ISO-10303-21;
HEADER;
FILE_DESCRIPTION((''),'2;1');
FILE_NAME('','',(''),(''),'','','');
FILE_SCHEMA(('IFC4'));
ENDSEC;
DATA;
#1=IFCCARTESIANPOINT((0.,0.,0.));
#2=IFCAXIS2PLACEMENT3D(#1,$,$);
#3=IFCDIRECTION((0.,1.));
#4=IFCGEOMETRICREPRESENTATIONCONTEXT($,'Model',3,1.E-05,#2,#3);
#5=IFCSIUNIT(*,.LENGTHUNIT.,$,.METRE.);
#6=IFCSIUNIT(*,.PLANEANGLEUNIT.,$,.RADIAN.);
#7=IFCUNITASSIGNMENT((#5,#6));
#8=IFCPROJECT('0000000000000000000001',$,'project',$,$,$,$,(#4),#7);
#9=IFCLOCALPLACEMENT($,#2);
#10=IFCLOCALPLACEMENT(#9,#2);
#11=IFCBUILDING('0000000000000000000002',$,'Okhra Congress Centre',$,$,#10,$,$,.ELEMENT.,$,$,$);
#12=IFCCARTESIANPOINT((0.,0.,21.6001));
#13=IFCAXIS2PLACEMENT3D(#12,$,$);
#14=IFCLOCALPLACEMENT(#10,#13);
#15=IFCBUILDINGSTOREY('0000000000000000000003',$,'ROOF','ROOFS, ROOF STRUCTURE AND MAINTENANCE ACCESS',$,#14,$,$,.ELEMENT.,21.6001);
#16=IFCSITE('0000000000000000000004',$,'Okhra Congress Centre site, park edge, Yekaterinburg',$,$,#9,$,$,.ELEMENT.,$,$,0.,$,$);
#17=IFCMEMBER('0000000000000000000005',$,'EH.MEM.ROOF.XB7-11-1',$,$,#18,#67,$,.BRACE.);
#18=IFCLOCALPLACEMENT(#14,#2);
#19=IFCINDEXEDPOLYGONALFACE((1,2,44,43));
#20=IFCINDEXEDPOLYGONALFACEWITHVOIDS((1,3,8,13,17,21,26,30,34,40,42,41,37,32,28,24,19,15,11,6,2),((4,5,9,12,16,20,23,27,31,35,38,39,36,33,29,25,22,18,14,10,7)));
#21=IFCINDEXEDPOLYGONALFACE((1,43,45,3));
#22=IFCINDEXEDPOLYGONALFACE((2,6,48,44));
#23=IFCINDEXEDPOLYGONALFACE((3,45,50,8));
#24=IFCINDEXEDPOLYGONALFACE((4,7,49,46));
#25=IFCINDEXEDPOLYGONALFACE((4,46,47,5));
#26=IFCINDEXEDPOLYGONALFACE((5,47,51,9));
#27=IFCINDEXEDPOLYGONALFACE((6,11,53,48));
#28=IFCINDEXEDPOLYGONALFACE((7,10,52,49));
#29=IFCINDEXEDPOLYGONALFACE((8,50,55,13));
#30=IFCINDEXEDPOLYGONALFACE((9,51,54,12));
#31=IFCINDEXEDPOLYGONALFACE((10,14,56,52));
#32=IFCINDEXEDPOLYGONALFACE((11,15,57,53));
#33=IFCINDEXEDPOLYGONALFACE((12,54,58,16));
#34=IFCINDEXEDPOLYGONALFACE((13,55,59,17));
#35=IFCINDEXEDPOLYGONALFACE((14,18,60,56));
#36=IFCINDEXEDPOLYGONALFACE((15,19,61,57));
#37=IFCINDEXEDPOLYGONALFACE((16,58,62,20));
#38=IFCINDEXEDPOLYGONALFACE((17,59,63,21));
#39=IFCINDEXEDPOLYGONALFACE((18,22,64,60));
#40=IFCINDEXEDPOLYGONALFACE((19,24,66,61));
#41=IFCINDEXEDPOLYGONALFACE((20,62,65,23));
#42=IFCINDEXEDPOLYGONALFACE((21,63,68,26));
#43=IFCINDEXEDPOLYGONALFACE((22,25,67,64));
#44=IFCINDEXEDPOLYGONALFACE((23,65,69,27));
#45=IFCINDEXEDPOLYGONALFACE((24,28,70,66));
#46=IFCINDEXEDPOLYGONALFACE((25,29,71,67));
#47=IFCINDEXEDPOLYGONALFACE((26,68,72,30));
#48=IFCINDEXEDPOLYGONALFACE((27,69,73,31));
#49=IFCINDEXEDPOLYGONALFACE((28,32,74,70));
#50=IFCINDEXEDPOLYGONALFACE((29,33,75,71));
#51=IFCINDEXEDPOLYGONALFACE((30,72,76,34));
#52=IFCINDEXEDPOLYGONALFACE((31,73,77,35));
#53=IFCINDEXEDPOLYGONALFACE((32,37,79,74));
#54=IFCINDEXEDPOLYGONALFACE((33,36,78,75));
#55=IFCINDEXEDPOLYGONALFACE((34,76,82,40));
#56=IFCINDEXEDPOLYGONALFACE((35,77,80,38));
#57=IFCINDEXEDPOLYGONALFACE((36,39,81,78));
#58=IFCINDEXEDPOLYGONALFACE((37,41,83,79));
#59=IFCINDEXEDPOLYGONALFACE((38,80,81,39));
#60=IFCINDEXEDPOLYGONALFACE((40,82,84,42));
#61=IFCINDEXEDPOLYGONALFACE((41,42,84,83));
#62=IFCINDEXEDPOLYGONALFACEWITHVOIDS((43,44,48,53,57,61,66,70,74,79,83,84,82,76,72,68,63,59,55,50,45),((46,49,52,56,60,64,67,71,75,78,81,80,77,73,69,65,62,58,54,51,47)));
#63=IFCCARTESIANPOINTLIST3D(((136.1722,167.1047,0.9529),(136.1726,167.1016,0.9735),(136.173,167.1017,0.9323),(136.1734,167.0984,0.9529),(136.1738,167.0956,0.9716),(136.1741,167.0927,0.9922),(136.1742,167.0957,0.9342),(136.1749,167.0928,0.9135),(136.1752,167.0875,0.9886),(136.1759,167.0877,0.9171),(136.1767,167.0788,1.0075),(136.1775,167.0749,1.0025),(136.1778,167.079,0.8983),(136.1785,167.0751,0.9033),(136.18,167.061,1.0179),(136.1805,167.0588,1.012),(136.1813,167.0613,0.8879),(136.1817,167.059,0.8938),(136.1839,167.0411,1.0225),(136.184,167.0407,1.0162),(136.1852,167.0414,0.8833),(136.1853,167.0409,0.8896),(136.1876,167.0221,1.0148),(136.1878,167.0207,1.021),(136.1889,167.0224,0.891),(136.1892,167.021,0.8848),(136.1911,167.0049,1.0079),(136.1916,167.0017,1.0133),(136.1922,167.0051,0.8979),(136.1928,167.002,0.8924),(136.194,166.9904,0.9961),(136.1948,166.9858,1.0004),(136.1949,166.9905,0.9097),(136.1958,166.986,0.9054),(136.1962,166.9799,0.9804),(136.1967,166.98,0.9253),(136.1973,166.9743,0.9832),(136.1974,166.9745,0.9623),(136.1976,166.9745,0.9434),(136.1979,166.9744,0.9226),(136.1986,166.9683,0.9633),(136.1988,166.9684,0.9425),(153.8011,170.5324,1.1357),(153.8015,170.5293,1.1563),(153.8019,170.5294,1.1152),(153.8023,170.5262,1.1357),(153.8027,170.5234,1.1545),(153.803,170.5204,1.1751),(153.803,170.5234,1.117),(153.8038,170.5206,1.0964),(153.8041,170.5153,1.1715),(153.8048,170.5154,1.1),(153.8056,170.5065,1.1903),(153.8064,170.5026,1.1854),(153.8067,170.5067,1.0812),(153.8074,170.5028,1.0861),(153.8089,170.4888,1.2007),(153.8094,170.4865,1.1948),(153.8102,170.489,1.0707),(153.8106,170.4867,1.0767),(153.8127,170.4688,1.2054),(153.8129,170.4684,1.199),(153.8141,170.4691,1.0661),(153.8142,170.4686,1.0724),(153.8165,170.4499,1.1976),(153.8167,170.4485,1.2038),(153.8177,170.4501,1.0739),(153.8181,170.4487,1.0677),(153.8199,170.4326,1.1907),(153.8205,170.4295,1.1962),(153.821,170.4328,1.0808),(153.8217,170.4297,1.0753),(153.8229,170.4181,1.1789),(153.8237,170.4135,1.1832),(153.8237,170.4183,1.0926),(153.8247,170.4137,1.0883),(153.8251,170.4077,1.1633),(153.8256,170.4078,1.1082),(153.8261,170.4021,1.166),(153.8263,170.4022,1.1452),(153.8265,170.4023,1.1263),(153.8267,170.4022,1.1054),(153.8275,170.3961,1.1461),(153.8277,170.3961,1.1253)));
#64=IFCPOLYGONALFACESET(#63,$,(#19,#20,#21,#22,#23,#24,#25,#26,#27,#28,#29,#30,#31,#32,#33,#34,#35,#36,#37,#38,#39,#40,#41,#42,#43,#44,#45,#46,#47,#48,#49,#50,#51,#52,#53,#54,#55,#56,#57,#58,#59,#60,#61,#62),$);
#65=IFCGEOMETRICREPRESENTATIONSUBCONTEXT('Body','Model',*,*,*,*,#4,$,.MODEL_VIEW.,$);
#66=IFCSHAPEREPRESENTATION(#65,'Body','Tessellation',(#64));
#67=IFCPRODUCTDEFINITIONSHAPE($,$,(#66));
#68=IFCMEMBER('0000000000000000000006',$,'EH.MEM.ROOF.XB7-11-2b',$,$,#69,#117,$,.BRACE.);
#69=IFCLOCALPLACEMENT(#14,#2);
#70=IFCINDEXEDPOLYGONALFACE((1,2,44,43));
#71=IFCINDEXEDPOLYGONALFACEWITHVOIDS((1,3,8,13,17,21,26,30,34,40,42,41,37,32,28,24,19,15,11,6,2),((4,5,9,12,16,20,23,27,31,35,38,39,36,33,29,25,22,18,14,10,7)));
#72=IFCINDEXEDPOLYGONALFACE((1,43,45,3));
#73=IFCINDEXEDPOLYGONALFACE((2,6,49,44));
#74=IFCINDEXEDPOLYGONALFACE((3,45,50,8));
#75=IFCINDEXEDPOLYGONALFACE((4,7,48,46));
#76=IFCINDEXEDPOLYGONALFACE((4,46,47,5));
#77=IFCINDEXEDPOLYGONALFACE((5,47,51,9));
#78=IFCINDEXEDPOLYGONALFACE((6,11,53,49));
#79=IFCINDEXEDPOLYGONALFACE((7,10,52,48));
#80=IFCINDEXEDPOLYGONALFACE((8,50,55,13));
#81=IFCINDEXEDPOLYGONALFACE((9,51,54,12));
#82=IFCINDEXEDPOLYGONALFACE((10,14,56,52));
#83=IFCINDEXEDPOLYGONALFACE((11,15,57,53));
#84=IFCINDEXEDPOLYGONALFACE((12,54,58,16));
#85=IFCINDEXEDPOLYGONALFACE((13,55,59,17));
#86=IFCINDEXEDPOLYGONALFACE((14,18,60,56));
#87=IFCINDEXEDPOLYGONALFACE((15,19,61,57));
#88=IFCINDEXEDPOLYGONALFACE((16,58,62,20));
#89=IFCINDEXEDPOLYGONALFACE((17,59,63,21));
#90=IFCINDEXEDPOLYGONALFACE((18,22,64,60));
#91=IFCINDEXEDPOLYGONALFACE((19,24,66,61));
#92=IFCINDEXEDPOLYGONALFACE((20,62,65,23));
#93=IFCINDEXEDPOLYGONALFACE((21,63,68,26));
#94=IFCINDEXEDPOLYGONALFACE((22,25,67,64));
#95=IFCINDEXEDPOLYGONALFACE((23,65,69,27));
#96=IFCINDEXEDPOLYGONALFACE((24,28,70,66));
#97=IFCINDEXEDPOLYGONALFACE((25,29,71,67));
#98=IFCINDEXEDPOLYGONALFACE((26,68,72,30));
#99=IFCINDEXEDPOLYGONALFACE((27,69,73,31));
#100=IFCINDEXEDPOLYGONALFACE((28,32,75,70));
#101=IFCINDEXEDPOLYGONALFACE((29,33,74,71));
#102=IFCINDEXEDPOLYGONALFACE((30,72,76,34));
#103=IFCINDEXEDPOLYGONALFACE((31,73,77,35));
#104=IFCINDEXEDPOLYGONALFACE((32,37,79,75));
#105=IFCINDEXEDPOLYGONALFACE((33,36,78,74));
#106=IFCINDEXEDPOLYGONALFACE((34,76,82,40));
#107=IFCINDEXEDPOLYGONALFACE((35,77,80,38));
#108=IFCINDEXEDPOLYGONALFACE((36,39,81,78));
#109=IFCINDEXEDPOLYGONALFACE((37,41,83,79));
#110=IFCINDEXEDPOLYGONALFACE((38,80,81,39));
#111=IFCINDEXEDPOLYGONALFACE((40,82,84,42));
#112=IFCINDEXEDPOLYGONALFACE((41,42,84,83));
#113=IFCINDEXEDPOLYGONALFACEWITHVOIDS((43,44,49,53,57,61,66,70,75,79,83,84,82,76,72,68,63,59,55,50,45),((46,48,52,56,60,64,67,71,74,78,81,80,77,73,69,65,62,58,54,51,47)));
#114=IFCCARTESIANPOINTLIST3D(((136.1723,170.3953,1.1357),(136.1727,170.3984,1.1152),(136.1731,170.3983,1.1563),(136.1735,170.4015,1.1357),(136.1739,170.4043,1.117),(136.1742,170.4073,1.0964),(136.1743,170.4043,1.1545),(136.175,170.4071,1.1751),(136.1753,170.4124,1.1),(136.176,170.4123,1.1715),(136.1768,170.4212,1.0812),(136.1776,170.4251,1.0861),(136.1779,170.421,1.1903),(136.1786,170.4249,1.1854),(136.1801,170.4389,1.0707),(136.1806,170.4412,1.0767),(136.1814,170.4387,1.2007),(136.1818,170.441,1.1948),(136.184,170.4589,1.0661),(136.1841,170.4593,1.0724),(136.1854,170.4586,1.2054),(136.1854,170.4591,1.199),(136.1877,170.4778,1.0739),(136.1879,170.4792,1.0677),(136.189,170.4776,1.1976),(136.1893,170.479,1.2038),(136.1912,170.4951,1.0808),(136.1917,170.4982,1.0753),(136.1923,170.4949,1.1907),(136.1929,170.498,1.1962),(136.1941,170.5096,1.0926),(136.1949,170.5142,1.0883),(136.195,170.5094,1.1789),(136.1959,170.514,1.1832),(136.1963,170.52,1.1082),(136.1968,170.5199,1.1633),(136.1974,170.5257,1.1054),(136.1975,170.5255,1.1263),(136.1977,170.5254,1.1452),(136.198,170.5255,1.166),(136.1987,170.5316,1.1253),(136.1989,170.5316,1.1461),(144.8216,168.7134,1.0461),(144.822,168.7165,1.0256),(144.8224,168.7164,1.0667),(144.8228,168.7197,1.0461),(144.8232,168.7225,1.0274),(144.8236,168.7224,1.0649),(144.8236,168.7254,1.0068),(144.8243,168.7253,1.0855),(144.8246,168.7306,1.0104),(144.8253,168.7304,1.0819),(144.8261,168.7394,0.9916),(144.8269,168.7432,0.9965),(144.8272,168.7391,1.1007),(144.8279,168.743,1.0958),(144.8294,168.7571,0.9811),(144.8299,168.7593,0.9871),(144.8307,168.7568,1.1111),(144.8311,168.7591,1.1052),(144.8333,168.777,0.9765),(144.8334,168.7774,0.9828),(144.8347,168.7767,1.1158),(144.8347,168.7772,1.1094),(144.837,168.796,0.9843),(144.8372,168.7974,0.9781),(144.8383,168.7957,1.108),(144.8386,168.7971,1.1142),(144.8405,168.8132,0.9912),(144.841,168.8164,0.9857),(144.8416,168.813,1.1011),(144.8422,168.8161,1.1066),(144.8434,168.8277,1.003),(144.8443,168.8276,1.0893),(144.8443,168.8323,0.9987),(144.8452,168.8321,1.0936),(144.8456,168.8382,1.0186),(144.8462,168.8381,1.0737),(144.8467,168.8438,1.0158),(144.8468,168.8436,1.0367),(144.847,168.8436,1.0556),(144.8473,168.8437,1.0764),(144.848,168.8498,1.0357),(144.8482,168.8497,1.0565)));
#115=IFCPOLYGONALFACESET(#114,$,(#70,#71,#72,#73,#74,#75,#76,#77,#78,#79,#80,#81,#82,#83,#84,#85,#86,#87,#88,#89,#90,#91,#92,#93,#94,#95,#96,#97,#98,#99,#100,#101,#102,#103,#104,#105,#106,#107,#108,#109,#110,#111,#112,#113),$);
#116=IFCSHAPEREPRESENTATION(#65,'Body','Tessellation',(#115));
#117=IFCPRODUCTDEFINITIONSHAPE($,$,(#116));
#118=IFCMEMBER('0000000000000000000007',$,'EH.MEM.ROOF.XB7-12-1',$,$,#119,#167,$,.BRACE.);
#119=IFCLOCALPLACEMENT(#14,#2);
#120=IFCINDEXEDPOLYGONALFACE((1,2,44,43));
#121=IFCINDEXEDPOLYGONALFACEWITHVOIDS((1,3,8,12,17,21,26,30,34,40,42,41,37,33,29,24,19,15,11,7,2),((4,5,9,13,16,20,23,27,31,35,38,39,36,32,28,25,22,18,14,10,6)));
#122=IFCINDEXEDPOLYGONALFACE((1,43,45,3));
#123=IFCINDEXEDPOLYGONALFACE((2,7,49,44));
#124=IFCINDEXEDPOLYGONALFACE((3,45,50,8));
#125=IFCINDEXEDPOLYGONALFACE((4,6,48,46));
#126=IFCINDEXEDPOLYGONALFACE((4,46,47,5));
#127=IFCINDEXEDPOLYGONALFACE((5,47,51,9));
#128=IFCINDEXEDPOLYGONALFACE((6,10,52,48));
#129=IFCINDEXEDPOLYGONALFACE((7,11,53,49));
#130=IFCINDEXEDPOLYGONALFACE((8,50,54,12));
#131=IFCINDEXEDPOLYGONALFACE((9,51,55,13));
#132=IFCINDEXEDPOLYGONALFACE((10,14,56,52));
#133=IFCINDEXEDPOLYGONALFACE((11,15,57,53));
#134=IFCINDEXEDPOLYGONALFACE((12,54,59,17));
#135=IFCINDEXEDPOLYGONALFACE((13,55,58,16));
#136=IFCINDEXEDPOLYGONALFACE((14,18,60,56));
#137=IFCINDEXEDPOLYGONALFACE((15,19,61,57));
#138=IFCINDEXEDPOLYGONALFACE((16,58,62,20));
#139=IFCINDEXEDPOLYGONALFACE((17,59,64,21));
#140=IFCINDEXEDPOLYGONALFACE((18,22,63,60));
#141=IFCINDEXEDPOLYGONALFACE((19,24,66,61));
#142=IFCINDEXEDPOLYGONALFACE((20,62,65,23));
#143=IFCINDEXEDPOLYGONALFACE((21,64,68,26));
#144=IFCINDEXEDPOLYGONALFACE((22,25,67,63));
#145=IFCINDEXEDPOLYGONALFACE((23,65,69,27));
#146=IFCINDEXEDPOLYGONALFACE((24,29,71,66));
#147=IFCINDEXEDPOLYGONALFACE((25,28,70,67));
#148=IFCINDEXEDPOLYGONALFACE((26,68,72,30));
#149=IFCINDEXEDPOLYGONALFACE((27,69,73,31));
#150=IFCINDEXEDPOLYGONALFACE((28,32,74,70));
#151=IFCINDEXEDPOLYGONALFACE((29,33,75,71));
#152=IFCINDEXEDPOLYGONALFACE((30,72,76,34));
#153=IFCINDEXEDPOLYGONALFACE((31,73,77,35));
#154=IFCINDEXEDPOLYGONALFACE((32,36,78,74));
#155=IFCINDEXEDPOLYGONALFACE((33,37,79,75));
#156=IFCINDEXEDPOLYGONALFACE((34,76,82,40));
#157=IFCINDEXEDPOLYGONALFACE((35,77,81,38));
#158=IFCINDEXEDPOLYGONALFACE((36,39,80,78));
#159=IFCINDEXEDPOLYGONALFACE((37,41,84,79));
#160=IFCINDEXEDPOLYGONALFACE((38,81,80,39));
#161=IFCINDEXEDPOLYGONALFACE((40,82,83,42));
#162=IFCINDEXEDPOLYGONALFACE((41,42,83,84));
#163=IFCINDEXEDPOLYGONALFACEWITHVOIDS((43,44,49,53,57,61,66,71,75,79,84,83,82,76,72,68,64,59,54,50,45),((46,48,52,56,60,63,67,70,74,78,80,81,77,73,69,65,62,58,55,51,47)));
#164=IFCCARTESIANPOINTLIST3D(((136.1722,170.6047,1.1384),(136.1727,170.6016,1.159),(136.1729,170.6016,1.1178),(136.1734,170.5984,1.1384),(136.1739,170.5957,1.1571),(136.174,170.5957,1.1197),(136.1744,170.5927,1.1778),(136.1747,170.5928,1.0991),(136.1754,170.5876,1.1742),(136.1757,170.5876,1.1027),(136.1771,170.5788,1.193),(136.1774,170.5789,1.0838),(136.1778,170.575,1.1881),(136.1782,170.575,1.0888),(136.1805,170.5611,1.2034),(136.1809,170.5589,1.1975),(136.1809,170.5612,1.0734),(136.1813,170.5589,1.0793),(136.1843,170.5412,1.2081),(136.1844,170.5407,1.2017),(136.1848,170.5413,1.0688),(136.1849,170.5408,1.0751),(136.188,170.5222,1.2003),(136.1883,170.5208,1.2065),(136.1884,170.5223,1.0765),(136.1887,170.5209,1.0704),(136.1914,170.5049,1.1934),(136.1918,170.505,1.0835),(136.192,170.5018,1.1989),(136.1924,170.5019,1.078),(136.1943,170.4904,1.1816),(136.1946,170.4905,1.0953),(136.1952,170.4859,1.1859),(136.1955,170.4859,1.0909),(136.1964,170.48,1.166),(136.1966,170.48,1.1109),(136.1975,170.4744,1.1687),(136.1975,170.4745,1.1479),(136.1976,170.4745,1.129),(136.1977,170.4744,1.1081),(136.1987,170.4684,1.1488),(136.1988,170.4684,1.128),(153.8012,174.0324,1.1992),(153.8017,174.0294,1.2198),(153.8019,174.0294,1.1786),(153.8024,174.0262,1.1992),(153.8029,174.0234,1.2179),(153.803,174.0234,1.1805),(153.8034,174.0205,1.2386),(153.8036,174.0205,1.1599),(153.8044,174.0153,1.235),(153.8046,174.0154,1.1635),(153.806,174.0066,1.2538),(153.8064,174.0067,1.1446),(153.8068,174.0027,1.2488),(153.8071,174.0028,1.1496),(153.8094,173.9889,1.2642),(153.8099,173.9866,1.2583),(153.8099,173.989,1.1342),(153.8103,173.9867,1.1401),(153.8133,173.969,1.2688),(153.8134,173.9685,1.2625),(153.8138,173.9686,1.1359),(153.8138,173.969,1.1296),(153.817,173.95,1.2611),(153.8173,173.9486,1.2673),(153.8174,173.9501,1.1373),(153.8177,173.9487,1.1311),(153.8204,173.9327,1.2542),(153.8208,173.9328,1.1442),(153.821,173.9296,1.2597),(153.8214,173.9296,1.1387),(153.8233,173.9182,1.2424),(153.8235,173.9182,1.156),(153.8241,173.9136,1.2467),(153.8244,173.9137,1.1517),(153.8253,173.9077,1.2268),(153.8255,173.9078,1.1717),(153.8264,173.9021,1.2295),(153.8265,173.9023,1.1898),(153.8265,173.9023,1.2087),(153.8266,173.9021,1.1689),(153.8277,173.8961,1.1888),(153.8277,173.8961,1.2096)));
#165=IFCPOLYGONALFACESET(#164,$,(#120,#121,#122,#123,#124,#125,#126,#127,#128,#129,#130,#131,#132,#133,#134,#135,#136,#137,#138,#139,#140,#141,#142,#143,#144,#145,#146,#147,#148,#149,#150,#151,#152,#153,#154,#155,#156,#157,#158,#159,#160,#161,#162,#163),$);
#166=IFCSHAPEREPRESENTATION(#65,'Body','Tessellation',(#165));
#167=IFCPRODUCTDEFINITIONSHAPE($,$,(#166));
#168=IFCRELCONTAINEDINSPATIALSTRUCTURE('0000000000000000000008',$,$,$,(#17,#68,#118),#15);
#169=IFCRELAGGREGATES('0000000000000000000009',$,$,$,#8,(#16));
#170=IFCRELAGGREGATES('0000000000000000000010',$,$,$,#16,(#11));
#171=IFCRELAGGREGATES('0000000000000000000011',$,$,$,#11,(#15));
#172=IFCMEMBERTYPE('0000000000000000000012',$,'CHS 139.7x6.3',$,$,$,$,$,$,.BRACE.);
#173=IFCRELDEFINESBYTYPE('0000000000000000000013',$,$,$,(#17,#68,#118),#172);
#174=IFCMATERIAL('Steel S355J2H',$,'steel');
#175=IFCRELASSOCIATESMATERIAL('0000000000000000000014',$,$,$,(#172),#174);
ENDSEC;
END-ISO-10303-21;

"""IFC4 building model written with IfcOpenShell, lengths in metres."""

from ifc_helpers import new_model, si_unit, direction, frame, origin, origin_2d, place, context, subcontext, project, spatial, hollow_circle, extrude, material, material_profile, profile_set, type_object, element, save


model = new_model("IFC4")

# Units and contexts
model_context = context("Model", 3, precision=1e-05, world=origin(), true_north=direction((0.0, 1.0)))
body_context = subcontext(model_context, "Body", "Model", "MODEL_VIEW")
ifc_project = project(units=[si_unit("LENGTHUNIT", "METRE"), si_unit("PLANEANGLEUNIT", "RADIAN")], contexts=[model_context])

# Site, building, storey
site_placement = place(None, origin())
site = spatial("IfcSite", under=ifc_project, at=site_placement, Name="Okhra Congress Centre site, park edge, Yekaterinburg", CompositionType="ELEMENT", RefElevation=0.0)
building_placement = place(site_placement, origin())
building = spatial("IfcBuilding", under=site, at=building_placement, Name="Okhra Congress Centre", CompositionType="ELEMENT")
storey_placement = place(building_placement, frame((0.0, 0.0, 21.6001)))
storey = spatial("IfcBuildingStorey", under=building, at=storey_placement, Name="ROOF", Description="ROOFS, ROOF STRUCTURE AND MAINTENANCE ACCESS", CompositionType="ELEMENT", Elevation=21.6001)

# Members
ifc_material_1 = material(Name="Steel S355J2H", Category="steel")
ifc_material_profile_1 = material_profile(ifc_material_1, hollow_circle(Radius=0.0698, WallThickness=0.0063, at=origin_2d()), Name="CHS 139.7x6.3")
ifc_profile_set_1 = profile_set([ifc_material_profile_1], Name="Steel S355J2H")
member_type_1 = type_object("IfcMemberType", Name="CHS 139.7x6.3", PredefinedType="BRACE", material=ifc_profile_set_1)
member_1_placement = place(storey_placement, frame((136.1855, 167.0361, 0.9529), z_axis=(0.981566, 0.190854, 0.010182), x_axis=(-0.190864, 0.981617, 0.0)))
element("IfcMember", 1, at=member_1_placement, inside=storey, type_object=member_type_1, Name="EH.MEM.ROOF.XB7-11-1", PredefinedType="BRACE", context=body_context, shape_type="SweptSolid", body=[
    extrude(hollow_circle(Radius=0.0698, WallThickness=0.0063, at=origin_2d()), origin(), (0.0, 0.0, 1.0), 17.96),
])
member_2_placement = place(storey_placement, frame((144.835, 168.782, 1.0461), z_axis=(-0.981563, 0.190866, 0.010168), x_axis=(-0.190876, -0.981614, 0.0)))
element("IfcMember", 2, at=member_2_placement, inside=storey, type_object=member_type_1, Name="EH.MEM.ROOF.XB7-11-2b", PredefinedType="BRACE", context=body_context, shape_type="SweptSolid", body=[
    extrude(hollow_circle(Radius=0.0698, WallThickness=0.0063, at=origin_2d()), origin(), (0.0, 0.0, 1.0), 8.8118),
])
member_3_placement = place(storey_placement, frame((136.1855, 170.5361, 1.1384), z_axis=(0.981611, 0.190863, 0.003385), x_axis=(-0.190864, 0.981617, 0.0)))
element("IfcMember", 3, at=member_3_placement, inside=storey, type_object=member_type_1, Name="EH.MEM.ROOF.XB7-12-1", PredefinedType="BRACE", context=body_context, shape_type="SweptSolid", body=[
    extrude(hollow_circle(Radius=0.0698, WallThickness=0.0063, at=origin_2d()), origin(), (0.0, 0.0, 1.0), 17.9592),
])

save(model, "model.ifc")
